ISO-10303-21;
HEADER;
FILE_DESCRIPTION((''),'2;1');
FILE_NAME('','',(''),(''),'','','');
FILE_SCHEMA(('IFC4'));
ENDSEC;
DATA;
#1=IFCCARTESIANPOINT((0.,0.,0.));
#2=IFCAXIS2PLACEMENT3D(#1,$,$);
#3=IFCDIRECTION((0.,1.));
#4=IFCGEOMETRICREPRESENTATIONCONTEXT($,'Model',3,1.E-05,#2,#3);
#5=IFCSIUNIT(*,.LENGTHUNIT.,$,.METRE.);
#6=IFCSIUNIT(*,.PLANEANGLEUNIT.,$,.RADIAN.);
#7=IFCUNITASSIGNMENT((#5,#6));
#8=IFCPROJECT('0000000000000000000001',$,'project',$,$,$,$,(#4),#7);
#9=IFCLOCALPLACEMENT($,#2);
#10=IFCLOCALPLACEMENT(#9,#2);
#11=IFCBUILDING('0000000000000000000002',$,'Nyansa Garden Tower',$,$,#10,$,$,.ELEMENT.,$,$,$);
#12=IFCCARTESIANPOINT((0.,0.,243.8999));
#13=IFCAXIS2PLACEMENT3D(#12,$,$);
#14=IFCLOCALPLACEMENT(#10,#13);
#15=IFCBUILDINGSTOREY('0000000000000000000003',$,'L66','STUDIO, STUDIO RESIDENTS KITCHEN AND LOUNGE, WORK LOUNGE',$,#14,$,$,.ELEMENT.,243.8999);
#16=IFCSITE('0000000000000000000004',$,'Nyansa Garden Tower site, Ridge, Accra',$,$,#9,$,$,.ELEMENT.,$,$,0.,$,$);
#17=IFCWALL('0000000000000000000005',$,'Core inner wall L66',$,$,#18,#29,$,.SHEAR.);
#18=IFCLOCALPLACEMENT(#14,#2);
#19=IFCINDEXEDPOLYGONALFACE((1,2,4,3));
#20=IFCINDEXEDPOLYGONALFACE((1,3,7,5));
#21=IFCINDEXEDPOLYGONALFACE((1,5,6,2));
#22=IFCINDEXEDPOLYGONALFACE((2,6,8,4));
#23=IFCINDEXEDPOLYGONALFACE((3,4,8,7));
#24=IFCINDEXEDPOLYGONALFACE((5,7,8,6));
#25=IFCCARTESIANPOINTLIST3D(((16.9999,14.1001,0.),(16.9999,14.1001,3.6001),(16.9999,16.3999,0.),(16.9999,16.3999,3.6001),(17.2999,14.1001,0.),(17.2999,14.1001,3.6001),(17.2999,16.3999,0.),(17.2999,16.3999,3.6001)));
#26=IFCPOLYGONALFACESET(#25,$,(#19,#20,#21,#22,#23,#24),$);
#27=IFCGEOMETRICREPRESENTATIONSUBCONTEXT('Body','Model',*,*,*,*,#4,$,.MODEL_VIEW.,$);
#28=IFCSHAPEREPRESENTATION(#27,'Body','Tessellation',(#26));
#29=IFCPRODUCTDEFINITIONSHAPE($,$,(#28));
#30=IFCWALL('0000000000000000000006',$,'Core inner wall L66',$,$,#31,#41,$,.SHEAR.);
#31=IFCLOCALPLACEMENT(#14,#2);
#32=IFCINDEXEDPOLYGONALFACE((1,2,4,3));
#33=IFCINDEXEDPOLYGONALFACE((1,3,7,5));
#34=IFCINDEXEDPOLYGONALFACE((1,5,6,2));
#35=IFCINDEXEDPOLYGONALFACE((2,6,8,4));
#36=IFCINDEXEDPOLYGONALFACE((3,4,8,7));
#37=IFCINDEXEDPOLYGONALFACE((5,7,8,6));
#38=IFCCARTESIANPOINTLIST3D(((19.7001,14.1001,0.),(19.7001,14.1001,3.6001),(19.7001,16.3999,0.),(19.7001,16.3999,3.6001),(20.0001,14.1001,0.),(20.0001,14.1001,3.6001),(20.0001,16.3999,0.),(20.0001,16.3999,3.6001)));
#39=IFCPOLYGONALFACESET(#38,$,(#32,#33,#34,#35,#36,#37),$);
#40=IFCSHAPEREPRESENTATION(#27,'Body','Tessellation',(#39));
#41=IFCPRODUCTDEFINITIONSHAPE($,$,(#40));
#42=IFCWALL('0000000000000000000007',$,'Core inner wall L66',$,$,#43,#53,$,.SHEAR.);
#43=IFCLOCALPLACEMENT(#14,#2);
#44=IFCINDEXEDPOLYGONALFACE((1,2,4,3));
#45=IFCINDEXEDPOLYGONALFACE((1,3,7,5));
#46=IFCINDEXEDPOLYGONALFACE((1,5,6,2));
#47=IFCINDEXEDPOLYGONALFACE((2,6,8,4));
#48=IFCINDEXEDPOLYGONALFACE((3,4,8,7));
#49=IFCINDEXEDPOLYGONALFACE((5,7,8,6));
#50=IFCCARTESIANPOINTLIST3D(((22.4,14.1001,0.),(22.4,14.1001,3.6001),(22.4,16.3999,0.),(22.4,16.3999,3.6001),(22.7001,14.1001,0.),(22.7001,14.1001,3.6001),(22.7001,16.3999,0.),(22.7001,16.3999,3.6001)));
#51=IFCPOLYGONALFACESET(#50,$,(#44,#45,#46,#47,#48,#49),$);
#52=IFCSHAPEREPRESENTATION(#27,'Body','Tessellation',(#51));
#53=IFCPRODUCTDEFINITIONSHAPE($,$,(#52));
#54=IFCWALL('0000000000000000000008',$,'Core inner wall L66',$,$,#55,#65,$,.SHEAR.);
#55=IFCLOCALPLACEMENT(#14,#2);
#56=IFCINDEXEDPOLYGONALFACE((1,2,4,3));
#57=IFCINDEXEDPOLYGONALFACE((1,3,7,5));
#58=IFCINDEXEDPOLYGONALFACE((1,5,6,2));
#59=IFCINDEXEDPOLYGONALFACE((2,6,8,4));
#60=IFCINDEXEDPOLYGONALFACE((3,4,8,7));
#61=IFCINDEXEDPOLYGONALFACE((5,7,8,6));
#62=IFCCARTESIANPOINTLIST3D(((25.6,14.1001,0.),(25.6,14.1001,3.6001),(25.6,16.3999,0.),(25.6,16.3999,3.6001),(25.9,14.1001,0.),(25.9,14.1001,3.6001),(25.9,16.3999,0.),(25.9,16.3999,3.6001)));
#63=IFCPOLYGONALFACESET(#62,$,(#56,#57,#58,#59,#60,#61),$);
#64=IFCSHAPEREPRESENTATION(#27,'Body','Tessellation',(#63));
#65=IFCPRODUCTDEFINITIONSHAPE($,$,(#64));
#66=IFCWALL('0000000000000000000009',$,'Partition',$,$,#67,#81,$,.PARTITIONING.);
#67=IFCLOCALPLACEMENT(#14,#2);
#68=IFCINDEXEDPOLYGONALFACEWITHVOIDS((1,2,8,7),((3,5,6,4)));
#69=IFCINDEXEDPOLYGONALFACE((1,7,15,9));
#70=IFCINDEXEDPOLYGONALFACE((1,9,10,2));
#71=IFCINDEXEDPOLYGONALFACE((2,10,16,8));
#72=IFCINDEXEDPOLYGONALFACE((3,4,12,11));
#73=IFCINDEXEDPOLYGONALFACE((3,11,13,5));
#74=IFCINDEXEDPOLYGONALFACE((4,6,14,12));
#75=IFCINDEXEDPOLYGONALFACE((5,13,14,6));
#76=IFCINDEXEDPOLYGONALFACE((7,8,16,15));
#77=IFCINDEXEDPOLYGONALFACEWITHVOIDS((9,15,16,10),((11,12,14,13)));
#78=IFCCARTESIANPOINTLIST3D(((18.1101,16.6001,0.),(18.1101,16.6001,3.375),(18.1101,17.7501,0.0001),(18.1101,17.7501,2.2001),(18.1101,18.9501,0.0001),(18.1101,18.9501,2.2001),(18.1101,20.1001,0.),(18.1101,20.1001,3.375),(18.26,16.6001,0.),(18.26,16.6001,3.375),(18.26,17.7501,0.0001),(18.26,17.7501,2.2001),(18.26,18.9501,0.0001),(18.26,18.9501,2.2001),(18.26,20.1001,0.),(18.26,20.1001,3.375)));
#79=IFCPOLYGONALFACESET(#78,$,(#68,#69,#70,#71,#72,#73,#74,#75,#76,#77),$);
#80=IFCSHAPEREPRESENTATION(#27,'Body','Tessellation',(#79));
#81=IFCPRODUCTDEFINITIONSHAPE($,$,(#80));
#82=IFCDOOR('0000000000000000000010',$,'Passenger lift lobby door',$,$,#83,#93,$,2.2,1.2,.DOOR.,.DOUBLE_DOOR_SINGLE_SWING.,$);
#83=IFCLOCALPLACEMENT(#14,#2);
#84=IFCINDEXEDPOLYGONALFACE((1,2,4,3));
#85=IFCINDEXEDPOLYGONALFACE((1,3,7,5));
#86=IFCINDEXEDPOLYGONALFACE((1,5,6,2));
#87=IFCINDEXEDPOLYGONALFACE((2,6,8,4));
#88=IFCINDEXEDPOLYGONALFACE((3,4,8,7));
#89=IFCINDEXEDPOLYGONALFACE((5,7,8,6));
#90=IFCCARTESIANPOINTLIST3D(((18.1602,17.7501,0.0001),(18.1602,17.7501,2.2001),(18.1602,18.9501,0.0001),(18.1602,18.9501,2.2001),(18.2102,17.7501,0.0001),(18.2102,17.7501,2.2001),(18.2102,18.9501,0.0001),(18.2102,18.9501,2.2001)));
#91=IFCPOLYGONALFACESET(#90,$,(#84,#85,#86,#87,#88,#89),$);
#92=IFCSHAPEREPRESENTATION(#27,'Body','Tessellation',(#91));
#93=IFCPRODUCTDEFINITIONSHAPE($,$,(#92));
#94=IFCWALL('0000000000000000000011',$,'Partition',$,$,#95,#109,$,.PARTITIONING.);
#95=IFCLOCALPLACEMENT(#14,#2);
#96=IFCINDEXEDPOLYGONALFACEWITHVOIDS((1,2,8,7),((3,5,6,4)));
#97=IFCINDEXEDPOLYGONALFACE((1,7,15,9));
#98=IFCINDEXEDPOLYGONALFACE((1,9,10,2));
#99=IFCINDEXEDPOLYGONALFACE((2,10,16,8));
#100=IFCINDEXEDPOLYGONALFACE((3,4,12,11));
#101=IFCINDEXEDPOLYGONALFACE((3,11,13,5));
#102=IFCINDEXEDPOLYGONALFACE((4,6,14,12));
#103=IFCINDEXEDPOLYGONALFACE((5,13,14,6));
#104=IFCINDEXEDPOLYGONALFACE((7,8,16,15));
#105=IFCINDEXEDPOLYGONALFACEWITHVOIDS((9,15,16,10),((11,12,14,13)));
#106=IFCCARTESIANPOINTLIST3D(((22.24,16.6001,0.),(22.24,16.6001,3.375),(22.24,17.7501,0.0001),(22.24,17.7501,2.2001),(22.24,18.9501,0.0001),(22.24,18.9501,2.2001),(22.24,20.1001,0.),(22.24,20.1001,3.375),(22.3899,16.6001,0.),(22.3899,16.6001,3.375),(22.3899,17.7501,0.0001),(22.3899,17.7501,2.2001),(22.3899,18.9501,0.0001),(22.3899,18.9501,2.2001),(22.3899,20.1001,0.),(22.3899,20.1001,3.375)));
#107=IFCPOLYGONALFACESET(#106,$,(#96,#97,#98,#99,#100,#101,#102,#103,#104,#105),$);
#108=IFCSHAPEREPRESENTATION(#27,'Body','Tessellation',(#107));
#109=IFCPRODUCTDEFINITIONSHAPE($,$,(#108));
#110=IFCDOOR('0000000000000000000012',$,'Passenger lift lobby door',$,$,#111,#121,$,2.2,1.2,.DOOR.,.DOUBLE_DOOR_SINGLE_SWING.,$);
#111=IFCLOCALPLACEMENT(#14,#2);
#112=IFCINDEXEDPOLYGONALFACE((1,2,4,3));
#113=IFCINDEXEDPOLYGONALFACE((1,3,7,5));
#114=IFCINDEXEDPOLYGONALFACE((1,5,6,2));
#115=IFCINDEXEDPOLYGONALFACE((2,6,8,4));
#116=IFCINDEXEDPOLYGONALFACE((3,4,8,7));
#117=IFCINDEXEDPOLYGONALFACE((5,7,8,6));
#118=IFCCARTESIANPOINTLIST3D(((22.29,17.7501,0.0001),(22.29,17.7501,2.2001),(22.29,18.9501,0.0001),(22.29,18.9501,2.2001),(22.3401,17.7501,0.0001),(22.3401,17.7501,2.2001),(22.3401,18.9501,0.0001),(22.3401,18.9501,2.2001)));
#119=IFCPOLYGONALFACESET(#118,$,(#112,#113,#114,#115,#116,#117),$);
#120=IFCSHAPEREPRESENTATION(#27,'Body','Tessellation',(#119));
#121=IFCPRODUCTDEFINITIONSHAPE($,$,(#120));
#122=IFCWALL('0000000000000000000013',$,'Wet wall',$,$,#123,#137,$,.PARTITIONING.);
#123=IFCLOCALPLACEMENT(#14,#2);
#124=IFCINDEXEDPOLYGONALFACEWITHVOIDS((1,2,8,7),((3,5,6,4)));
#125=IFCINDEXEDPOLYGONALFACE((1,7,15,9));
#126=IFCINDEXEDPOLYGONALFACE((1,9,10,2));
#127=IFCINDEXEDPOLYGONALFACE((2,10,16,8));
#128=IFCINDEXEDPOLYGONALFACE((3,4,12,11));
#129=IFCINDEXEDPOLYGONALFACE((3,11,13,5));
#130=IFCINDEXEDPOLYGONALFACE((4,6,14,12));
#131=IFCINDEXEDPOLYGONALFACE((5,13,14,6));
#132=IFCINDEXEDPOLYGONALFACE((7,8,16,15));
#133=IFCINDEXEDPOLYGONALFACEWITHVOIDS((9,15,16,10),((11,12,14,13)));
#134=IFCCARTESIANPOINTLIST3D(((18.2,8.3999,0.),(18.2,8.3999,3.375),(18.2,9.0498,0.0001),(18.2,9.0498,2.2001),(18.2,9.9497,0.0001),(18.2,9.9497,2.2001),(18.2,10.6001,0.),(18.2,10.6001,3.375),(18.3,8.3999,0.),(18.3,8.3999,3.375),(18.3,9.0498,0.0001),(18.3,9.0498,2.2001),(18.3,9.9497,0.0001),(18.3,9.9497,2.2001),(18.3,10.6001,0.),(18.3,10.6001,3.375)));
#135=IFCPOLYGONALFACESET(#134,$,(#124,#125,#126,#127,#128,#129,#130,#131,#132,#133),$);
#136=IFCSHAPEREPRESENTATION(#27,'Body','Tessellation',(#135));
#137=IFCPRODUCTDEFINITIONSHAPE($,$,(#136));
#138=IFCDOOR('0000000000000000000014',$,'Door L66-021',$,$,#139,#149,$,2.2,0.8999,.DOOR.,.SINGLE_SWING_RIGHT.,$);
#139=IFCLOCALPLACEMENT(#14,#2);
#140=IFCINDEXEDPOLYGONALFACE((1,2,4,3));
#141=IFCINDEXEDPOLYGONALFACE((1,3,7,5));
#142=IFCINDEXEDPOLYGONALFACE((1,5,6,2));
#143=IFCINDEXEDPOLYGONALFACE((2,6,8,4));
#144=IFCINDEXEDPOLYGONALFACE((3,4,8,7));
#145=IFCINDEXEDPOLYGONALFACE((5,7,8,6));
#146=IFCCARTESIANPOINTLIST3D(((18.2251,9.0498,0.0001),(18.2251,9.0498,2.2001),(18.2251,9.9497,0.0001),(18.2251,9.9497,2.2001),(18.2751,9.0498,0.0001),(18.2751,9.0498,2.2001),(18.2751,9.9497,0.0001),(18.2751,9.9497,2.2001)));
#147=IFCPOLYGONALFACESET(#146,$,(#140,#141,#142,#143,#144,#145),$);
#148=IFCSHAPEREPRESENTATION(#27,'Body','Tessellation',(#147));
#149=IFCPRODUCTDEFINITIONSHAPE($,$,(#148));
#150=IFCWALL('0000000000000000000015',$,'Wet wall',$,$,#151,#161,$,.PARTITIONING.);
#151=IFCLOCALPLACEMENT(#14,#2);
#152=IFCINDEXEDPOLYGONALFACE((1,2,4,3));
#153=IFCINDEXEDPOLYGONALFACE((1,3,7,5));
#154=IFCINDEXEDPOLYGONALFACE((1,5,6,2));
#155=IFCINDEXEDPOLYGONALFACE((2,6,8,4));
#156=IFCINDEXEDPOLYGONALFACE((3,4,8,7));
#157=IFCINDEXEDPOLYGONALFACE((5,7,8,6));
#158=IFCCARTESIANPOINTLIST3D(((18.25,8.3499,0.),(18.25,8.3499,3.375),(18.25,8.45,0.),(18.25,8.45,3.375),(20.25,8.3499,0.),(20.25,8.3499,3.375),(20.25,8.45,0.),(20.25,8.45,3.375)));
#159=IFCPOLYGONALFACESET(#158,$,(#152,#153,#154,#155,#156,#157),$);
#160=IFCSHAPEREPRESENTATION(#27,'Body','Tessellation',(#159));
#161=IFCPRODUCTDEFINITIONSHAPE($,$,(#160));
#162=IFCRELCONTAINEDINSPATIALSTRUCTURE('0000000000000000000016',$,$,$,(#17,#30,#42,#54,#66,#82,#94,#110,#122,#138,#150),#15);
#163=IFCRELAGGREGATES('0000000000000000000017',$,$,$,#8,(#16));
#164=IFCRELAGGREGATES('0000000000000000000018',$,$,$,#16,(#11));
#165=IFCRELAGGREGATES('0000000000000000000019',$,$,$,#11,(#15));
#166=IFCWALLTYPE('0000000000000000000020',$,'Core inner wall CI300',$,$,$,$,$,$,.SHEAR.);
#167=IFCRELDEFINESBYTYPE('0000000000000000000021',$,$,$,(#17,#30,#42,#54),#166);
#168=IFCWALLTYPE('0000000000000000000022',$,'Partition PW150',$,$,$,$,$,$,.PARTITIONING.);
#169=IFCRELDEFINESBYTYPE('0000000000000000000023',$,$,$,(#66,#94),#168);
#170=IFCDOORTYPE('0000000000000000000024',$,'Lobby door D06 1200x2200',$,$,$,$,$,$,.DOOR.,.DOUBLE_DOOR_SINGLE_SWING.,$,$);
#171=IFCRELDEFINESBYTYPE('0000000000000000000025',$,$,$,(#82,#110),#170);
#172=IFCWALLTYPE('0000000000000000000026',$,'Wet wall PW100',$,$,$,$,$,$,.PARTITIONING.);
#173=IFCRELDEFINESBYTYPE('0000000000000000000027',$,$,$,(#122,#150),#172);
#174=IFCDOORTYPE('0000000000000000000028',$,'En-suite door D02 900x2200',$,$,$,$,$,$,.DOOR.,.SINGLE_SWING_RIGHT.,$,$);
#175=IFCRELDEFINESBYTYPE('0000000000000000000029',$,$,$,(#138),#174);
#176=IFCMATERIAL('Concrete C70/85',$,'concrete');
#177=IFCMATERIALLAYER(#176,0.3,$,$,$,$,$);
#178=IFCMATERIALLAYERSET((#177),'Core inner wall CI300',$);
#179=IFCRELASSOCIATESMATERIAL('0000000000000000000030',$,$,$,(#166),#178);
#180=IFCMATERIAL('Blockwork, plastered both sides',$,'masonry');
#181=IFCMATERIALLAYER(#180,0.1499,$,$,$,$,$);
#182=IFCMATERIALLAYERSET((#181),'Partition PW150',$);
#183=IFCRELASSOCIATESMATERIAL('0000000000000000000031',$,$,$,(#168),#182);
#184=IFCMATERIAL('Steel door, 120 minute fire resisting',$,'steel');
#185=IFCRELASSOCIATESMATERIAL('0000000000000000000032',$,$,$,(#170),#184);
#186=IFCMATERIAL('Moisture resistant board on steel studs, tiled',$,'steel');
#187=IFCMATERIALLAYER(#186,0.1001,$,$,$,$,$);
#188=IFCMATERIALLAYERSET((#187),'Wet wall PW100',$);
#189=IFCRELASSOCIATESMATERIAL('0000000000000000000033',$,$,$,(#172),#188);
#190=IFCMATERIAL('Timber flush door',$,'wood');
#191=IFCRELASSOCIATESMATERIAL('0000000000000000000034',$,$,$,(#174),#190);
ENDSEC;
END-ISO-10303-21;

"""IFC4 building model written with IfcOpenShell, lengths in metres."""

from ifc_helpers import new_model, si_unit, direction, frame, frame_2d, origin, place, context, subcontext, project, spatial, rectangle, extrude, material, layer, layer_set, type_object, element, fill, save


model = new_model("IFC4")

# Units and contexts
model_context = context("Model", 3, precision=1e-05, world=origin(), true_north=direction((0.0, 1.0)))
body_context = subcontext(model_context, "Body", "Model", "MODEL_VIEW")
ifc_project = project(units=[si_unit("LENGTHUNIT", "METRE"), si_unit("PLANEANGLEUNIT", "RADIAN")], contexts=[model_context])

# Site, building, storey
site_placement = place(None, origin())
site = spatial("IfcSite", under=ifc_project, at=site_placement, Name="Nyansa Garden Tower site, Ridge, Accra", CompositionType="ELEMENT", RefElevation=0.0)
building_placement = place(site_placement, origin())
building = spatial("IfcBuilding", under=site, at=building_placement, Name="Nyansa Garden Tower", CompositionType="ELEMENT")
storey_placement = place(building_placement, frame((0.0, 0.0, 243.8999)))
storey = spatial("IfcBuildingStorey", under=building, at=storey_placement, Name="L66", Description="STUDIO, STUDIO RESIDENTS KITCHEN AND LOUNGE, WORK LOUNGE", CompositionType="ELEMENT", Elevation=243.8999)

# Walls
ifc_material_1 = material(Name="Concrete C70/85", Category="concrete")
ifc_layer_1 = layer(ifc_material_1, 0.3)
ifc_layer_set_1 = layer_set([ifc_layer_1], Name="Core inner wall CI300")
wall_type_1 = type_object("IfcWallType", Name="Core inner wall CI300", PredefinedType="SHEAR", material=ifc_layer_set_1)
for number, where, z_axis, x_axis, name in (
    (1, (17.1499, 14.1001, 0.0), (0.0, 0.0, 1.0), (0.0, 1.0, 0.0), "Core inner wall L66"),
    (2, (19.8501, 14.1001, 0.0), (0.0, 0.0, 1.0), (0.0, 1.0, 0.0), "Core inner wall L66"),
    (3, (22.55, 14.1001, 0.0), (0.0, 0.0, 1.0), (0.0, 1.0, 0.0), "Core inner wall L66"),
    (4, (25.75, 14.1001, 0.0), (0.0, 0.0, 1.0), (0.0, 1.0, 0.0), "Core inner wall L66"),
):
    element("IfcWall", number, at=place(storey_placement, frame(where, z_axis=z_axis, x_axis=x_axis)), inside=storey, type_object=wall_type_1, Name=name, PredefinedType="SHEAR", context=body_context, shape_type="SweptSolid", body=[
        extrude(rectangle(XDim=2.2998, YDim=0.3, at=frame_2d((1.1499, 0.0))), origin(), (0.0, 0.0, 1.0), 3.6001),
    ])

# Walls, openings, doors
ifc_material_2 = material(Name="Blockwork, plastered both sides", Category="masonry")
ifc_layer_2 = layer(ifc_material_2, 0.1499)
ifc_layer_set_2 = layer_set([ifc_layer_2], Name="Partition PW150")
wall_type_2 = type_object("IfcWallType", Name="Partition PW150", PredefinedType="PARTITIONING", material=ifc_layer_set_2)
wall_1_placement = place(storey_placement, frame((18.1851, 16.6001, 0.0), z_axis=(0.0, 0.0, 1.0), x_axis=(0.0, 1.0, 0.0)))
wall_1 = element("IfcWall", 5, at=wall_1_placement, inside=storey, type_object=wall_type_2, Name="Partition", PredefinedType="PARTITIONING", context=body_context, shape_type="SweptSolid", body=[
    extrude(rectangle(XDim=3.5, YDim=0.1499, at=frame_2d((1.75, 0.0))), origin(), (0.0, 0.0, 1.0), 3.375),
])
opening_1_placement = place(wall_1_placement, frame((1.1499, 0.0, 0.0)))
opening_1 = element("IfcOpeningElement", 6, at=opening_1_placement, cuts=wall_1, PredefinedType="OPENING", context=body_context, shape_type="SweptSolid", body=[
    extrude(rectangle(XDim=1.2, YDim=2.2, at=frame_2d((0.6001, 1.1001))), frame((0.0, 0.085, 0.0), z_axis=(0.0, -1.0, 0.0), x_axis=(1.0, 0.0, 0.0)), (0.0, 0.0, 1.0), 0.1699),
])
ifc_material_3 = material(Name="Steel door, 120 minute fire resisting", Category="steel")
door_type_1 = type_object("IfcDoorType", Name="Lobby door D06 1200x2200", OperationType="DOUBLE_DOOR_SINGLE_SWING", PredefinedType="DOOR", material=ifc_material_3)
door_1_placement = place(opening_1_placement, origin())
door_1 = element("IfcDoor", 7, at=door_1_placement, inside=storey, type_object=door_type_1, Name="Passenger lift lobby door", OperationType="DOUBLE_DOOR_SINGLE_SWING", OverallHeight=2.2, OverallWidth=1.2, PredefinedType="DOOR", context=body_context, shape_type="SweptSolid", body=[
    extrude(rectangle(XDim=1.2, YDim=2.2, at=frame_2d((0.6001, 1.1001))), frame((0.0, 0.0249, 0.0), z_axis=(0.0, -1.0, 0.0), x_axis=(1.0, 0.0, 0.0)), (0.0, 0.0, 1.0), 0.05),
])
fill(opening_1, door_1)
wall_2_placement = place(storey_placement, frame((22.3149, 16.6001, 0.0), z_axis=(0.0, 0.0, 1.0), x_axis=(0.0, 1.0, 0.0)))
wall_2 = element("IfcWall", 8, at=wall_2_placement, inside=storey, type_object=wall_type_2, Name="Partition", PredefinedType="PARTITIONING", context=body_context, shape_type="SweptSolid", body=[
    extrude(rectangle(XDim=3.5, YDim=0.1499, at=frame_2d((1.75, 0.0))), origin(), (0.0, 0.0, 1.0), 3.375),
])
opening_2_placement = place(wall_2_placement, frame((1.1499, 0.0, 0.0)))
opening_2 = element("IfcOpeningElement", 9, at=opening_2_placement, cuts=wall_2, PredefinedType="OPENING", context=body_context, shape_type="SweptSolid", body=[
    extrude(rectangle(XDim=1.2, YDim=2.2, at=frame_2d((0.6001, 1.1001))), frame((0.0, 0.085, 0.0), z_axis=(0.0, -1.0, 0.0), x_axis=(1.0, 0.0, 0.0)), (0.0, 0.0, 1.0), 0.1699),
])
door_2_placement = place(opening_2_placement, origin())
door_2 = element("IfcDoor", 10, at=door_2_placement, inside=storey, type_object=door_type_1, Name="Passenger lift lobby door", OperationType="DOUBLE_DOOR_SINGLE_SWING", OverallHeight=2.2, OverallWidth=1.2, PredefinedType="DOOR", context=body_context, shape_type="SweptSolid", body=[
    extrude(rectangle(XDim=1.2, YDim=2.2, at=frame_2d((0.6001, 1.1001))), frame((0.0, 0.0249, 0.0), z_axis=(0.0, -1.0, 0.0), x_axis=(1.0, 0.0, 0.0)), (0.0, 0.0, 1.0), 0.05),
])
fill(opening_2, door_2)
ifc_material_4 = material(Name="Moisture resistant board on steel studs, tiled", Category="steel")
ifc_layer_3 = layer(ifc_material_4, 0.1001)
ifc_layer_set_3 = layer_set([ifc_layer_3], Name="Wet wall PW100")
wall_type_3 = type_object("IfcWallType", Name="Wet wall PW100", PredefinedType="PARTITIONING", material=ifc_layer_set_3)
wall_3_placement = place(storey_placement, frame((18.25, 8.3999, 0.0), z_axis=(0.0, 0.0, 1.0), x_axis=(0.0, 1.0, 0.0)))
wall_3 = element("IfcWall", 11, at=wall_3_placement, inside=storey, type_object=wall_type_3, Name="Wet wall", PredefinedType="PARTITIONING", context=body_context, shape_type="SweptSolid", body=[
    extrude(rectangle(XDim=2.2002, YDim=0.1001, at=frame_2d((1.1001, 0.0))), origin(), (0.0, 0.0, 1.0), 3.375),
])
opening_3_placement = place(wall_3_placement, frame((0.6499, 0.0, 0.0)))
opening_3 = element("IfcOpeningElement", 12, at=opening_3_placement, cuts=wall_3, PredefinedType="OPENING", context=body_context, shape_type="SweptSolid", body=[
    extrude(rectangle(XDim=0.8999, YDim=2.2, at=frame_2d((0.45, 1.1001))), frame((0.0, 0.0601, 0.0), z_axis=(0.0, -1.0, 0.0), x_axis=(1.0, 0.0, 0.0)), (0.0, 0.0, 1.0), 0.1201),
])
ifc_material_5 = material(Name="Timber flush door", Category="wood")
door_type_2 = type_object("IfcDoorType", Name="En-suite door D02 900x2200", OperationType="SINGLE_SWING_RIGHT", PredefinedType="DOOR", material=ifc_material_5)
door_3_placement = place(opening_3_placement, origin())
door_3 = element("IfcDoor", 13, at=door_3_placement, inside=storey, type_object=door_type_2, Name="Door L66-021", OperationType="SINGLE_SWING_RIGHT", OverallHeight=2.2, OverallWidth=0.8999, PredefinedType="DOOR", context=body_context, shape_type="SweptSolid", body=[
    extrude(rectangle(XDim=0.8999, YDim=2.2, at=frame_2d((0.45, 1.1001))), frame((0.0, 0.0249, 0.0), z_axis=(0.0, -1.0, 0.0), x_axis=(1.0, 0.0, 0.0)), (0.0, 0.0, 1.0), 0.05),
])
fill(opening_3, door_3)

# Wall
wall_4_placement = place(storey_placement, frame((18.25, 8.3999, 0.0), z_axis=(0.0, 0.0, 1.0), x_axis=(1.0, 0.0, 0.0)))
element("IfcWall", 14, at=wall_4_placement, inside=storey, type_object=wall_type_3, Name="Wet wall", PredefinedType="PARTITIONING", context=body_context, shape_type="SweptSolid", body=[
    extrude(rectangle(XDim=2.0, YDim=0.1001, at=frame_2d((1.0, 0.0))), origin(), (0.0, 0.0, 1.0), 3.375),
])

save(model, "model.ifc")
